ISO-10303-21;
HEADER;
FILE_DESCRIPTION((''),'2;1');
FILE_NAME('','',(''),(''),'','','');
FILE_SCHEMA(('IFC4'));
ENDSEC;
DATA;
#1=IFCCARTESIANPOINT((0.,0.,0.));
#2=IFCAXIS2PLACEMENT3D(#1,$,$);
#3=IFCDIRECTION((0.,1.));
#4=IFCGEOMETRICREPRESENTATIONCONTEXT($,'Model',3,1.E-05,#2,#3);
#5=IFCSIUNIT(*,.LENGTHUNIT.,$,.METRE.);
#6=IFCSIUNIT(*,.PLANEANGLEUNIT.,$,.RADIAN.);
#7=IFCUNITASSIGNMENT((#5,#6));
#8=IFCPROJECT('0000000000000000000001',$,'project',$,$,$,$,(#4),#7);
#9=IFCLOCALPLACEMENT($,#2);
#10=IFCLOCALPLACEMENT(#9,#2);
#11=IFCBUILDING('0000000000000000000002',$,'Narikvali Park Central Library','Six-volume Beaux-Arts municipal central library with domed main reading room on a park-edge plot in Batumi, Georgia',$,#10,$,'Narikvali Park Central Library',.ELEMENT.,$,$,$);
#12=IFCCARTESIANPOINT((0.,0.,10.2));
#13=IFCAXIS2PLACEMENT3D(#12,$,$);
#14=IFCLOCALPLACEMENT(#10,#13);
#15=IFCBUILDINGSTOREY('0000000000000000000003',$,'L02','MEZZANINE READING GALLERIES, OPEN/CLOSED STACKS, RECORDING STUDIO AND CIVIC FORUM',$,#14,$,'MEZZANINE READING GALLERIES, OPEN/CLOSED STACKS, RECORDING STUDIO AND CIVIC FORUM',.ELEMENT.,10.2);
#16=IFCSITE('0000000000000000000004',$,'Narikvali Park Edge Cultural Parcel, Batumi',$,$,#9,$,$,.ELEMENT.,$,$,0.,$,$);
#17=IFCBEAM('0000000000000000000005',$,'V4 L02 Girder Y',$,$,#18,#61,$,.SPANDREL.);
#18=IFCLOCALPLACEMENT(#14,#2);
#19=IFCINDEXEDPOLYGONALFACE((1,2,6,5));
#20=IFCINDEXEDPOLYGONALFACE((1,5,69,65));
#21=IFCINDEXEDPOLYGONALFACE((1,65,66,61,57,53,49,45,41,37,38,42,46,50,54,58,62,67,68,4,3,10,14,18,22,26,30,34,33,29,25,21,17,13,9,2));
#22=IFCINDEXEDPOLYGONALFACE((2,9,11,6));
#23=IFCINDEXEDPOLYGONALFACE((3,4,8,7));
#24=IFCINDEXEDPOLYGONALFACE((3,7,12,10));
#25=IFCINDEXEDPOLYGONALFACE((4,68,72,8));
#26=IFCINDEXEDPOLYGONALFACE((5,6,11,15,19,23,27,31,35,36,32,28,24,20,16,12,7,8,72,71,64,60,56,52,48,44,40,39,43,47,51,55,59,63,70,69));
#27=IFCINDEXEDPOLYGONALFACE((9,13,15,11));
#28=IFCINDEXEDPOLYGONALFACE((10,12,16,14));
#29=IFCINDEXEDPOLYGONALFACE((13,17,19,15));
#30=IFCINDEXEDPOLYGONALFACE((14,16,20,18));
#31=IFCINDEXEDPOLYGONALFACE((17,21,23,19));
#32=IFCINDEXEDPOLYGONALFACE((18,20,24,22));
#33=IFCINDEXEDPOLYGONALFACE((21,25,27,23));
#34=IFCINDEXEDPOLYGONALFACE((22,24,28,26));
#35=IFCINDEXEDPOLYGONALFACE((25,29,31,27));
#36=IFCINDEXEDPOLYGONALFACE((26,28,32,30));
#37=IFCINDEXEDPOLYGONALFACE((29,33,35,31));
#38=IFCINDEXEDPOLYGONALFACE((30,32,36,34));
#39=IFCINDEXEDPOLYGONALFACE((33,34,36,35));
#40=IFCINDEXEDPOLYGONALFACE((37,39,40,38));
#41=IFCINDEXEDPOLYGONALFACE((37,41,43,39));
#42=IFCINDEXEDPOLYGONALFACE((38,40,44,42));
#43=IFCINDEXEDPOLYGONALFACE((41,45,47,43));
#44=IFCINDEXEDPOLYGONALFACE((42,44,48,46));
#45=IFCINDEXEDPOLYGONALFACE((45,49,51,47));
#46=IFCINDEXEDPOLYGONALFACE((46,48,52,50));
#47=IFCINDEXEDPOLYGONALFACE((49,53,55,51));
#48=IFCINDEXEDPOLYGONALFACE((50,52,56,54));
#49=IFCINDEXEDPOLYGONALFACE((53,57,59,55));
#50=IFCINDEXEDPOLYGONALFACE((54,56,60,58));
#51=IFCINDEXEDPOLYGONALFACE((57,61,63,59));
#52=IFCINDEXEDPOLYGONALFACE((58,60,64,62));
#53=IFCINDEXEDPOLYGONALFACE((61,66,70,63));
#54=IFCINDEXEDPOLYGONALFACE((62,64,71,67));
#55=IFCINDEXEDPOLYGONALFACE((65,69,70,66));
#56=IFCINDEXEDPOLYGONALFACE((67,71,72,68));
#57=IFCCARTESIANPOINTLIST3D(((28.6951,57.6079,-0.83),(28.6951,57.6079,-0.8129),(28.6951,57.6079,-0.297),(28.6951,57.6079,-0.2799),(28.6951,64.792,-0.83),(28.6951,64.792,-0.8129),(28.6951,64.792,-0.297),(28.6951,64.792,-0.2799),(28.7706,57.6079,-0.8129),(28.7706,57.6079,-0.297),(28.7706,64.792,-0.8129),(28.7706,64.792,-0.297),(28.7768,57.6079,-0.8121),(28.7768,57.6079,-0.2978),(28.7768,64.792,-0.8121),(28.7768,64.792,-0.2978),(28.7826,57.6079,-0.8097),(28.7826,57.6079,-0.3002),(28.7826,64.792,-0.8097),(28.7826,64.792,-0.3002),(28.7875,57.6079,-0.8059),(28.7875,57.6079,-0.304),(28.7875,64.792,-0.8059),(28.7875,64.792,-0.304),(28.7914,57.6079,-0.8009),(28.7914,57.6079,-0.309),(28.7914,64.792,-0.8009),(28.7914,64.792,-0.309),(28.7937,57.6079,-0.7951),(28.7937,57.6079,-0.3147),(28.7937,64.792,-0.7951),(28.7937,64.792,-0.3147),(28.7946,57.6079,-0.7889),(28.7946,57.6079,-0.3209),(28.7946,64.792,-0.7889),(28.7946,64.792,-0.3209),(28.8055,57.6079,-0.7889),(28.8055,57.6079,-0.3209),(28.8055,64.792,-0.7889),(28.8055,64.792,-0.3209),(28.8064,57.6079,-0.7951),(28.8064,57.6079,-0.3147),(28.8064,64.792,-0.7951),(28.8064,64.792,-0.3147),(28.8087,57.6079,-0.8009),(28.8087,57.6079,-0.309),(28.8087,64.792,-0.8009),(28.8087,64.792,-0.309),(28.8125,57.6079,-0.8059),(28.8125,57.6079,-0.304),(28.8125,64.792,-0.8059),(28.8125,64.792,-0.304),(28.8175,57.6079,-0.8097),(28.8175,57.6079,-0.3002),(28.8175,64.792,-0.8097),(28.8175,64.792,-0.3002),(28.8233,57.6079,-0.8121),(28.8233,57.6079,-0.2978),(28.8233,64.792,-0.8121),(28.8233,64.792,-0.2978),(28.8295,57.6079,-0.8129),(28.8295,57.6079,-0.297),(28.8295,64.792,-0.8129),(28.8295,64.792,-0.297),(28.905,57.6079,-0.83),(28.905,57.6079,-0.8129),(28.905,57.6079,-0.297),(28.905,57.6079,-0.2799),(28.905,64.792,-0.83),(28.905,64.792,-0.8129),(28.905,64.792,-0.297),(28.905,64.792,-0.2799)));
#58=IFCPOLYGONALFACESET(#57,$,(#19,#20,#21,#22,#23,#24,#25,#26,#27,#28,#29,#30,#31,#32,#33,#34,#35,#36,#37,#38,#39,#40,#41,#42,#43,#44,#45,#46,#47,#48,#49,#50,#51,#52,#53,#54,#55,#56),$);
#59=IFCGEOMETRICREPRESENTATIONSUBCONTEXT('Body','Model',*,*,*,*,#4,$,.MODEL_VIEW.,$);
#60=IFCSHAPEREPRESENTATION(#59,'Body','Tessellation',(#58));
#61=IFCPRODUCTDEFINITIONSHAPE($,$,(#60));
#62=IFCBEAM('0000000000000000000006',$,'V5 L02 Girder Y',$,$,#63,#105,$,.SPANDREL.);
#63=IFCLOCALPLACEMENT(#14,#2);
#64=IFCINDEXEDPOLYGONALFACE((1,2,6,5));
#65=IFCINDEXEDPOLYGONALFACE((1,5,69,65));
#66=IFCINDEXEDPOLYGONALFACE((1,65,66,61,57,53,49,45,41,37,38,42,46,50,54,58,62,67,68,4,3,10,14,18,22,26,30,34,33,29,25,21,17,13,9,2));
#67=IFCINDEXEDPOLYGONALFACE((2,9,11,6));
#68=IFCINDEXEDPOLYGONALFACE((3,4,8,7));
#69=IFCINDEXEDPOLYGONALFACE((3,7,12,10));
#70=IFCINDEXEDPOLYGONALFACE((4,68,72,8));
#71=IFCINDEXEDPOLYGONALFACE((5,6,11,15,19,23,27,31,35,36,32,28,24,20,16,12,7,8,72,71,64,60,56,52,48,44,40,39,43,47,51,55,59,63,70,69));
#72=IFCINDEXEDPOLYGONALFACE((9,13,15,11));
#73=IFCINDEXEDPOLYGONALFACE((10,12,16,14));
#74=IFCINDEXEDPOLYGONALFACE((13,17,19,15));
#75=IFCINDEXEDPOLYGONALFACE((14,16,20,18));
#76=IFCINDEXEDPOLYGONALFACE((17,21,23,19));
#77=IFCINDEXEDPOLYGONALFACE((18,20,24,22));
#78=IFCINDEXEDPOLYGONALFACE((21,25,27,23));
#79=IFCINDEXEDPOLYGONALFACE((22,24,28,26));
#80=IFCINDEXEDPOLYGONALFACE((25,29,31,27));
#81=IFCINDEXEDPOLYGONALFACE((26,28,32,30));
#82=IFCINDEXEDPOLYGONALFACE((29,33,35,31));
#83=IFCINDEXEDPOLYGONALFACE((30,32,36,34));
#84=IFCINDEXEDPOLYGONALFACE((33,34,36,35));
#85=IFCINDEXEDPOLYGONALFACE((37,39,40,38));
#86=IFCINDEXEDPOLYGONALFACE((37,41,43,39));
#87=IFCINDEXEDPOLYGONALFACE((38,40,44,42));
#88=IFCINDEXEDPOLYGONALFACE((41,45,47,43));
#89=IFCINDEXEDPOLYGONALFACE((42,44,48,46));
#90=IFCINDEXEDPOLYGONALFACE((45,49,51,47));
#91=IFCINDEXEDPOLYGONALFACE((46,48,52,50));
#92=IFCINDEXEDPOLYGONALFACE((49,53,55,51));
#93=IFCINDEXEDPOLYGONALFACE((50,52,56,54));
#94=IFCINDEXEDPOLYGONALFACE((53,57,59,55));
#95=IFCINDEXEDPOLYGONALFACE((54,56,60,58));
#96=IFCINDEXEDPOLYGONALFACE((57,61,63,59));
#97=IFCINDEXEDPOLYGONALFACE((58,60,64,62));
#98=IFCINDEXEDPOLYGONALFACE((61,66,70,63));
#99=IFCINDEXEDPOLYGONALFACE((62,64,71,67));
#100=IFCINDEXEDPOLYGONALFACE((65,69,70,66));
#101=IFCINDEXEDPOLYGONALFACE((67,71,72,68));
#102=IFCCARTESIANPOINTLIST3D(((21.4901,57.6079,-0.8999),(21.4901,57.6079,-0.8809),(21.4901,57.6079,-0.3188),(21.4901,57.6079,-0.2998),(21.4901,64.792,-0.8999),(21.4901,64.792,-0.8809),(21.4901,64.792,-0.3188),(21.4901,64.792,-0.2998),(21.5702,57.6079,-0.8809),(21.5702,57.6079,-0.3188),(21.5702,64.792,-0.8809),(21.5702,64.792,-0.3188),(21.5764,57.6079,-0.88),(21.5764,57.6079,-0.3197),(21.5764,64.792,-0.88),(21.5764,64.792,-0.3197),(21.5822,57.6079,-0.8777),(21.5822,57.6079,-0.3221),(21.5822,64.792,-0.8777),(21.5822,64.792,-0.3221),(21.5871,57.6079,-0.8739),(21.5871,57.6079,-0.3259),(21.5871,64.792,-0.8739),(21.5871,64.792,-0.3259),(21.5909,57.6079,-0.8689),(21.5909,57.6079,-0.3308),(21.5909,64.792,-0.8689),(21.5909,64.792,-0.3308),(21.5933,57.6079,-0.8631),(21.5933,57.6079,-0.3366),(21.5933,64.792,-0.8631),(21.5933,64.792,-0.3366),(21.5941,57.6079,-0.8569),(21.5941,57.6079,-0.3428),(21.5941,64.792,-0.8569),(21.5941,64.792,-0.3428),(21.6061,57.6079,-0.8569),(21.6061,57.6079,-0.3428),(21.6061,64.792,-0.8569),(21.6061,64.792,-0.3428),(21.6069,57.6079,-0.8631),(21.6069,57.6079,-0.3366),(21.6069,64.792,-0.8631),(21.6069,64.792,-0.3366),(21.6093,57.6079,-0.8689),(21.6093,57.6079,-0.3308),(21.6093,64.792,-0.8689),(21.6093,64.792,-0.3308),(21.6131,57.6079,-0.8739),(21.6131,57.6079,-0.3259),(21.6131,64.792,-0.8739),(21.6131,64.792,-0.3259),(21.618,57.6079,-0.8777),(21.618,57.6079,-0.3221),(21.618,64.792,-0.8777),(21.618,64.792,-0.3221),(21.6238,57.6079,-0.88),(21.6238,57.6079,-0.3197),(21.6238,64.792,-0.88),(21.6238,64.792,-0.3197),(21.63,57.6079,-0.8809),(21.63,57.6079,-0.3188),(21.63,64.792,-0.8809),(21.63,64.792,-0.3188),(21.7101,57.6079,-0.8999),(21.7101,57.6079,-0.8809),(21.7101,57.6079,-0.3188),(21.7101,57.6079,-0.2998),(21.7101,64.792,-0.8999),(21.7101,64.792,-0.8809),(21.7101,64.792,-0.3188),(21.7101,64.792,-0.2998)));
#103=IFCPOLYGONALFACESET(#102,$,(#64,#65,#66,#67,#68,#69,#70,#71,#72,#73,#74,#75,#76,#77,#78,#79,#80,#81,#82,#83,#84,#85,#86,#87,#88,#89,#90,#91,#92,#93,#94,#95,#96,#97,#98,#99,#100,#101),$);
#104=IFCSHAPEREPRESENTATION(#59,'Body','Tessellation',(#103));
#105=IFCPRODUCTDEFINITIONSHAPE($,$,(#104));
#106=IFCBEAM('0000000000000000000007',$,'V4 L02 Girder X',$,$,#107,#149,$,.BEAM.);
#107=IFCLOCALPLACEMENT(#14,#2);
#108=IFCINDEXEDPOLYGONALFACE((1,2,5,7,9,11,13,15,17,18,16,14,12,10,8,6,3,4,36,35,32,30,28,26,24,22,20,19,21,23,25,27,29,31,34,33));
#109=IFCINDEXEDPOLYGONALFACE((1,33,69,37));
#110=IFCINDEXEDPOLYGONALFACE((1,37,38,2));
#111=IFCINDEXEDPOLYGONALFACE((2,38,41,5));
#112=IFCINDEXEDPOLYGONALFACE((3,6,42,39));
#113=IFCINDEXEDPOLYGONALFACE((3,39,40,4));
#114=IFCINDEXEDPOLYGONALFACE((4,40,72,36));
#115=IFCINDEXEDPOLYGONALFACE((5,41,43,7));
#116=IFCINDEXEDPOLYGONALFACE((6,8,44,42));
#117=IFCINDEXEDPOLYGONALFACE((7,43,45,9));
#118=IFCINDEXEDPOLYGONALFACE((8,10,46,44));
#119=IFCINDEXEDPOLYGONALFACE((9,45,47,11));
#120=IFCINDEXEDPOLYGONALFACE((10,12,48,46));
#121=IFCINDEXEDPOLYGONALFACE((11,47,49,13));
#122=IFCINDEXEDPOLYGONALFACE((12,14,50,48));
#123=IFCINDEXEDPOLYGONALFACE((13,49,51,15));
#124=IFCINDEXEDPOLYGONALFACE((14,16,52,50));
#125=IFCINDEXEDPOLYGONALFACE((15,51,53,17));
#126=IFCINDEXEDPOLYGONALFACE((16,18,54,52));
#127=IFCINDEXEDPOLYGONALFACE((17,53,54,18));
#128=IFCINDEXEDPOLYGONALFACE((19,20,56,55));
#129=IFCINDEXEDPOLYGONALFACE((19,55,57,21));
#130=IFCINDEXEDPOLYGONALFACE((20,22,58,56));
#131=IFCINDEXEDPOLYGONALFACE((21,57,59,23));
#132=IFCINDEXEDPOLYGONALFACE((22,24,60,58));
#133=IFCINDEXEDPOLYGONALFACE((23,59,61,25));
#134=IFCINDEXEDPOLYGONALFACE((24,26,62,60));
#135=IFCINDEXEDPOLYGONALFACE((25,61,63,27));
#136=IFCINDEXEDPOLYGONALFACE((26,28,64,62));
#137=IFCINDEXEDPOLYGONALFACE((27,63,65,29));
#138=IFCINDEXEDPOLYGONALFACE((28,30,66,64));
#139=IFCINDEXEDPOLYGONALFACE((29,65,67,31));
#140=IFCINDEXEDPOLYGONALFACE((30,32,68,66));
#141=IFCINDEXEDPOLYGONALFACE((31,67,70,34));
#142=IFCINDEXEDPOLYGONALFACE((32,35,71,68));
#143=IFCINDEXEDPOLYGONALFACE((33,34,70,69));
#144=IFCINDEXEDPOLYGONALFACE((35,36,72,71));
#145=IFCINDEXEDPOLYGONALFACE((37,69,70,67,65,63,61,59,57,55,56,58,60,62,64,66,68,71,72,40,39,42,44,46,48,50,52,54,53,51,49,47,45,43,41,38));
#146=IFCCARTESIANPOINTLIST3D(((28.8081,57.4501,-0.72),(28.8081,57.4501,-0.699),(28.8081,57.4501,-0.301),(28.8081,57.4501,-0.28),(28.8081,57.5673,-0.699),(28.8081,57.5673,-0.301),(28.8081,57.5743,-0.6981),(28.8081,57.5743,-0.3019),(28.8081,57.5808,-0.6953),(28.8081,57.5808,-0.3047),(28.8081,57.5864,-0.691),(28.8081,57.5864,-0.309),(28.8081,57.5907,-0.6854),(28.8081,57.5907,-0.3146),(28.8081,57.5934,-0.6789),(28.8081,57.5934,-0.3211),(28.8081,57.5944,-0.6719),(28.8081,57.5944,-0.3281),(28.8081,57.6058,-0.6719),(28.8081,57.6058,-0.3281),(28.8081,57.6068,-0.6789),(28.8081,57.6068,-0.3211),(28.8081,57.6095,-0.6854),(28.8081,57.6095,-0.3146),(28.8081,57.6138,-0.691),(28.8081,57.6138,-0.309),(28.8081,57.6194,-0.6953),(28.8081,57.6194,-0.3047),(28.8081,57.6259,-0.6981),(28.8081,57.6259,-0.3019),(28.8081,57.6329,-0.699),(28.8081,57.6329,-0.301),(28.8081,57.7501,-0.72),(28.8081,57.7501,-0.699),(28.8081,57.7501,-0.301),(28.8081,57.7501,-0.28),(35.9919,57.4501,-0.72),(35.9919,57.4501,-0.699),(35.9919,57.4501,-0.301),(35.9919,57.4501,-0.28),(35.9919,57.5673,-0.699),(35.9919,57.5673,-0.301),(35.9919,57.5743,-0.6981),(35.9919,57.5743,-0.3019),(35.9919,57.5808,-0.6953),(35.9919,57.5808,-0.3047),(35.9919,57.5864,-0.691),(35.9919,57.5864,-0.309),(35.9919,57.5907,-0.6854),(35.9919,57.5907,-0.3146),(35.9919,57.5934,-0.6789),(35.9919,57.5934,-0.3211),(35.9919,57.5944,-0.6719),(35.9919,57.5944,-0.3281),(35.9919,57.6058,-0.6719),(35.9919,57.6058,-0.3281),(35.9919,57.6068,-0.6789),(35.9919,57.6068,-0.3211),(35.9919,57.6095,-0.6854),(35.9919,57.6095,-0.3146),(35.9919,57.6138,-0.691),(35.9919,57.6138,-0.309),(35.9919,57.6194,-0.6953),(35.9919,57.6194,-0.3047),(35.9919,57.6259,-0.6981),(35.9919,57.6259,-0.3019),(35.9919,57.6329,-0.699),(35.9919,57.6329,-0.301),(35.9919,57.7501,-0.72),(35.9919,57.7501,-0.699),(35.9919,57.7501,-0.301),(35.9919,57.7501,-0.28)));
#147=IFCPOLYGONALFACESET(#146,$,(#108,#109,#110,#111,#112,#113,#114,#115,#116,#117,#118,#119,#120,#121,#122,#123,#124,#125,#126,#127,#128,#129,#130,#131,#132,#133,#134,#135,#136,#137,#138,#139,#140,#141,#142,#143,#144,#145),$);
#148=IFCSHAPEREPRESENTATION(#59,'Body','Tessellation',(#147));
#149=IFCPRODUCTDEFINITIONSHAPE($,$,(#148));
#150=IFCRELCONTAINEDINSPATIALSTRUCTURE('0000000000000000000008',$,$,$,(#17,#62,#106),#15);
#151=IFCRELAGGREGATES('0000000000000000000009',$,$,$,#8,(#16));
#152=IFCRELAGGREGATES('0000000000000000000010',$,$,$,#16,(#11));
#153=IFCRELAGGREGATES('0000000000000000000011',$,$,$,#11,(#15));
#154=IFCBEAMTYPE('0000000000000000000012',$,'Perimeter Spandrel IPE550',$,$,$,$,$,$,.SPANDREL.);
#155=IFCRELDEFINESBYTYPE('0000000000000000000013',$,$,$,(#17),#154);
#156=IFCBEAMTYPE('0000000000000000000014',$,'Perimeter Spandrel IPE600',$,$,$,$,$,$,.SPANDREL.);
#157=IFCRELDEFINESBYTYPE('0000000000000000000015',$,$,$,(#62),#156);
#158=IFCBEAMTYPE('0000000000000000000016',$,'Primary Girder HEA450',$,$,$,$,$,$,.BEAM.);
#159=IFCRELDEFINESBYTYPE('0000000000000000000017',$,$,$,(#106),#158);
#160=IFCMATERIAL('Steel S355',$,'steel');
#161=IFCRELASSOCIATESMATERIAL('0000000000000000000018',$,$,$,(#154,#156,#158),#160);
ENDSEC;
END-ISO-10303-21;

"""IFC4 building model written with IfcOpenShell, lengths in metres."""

from ifc_helpers import new_model, si_unit, direction, frame, origin, origin_2d, place, context, subcontext, project, spatial, i_section, extrude, material, material_profile, profile_set, type_object, element, save


model = new_model("IFC4")

# Units and contexts
model_context = context("Model", 3, precision=1e-05, world=origin(), true_north=direction((0.0, 1.0)))
body_context = subcontext(model_context, "Body", "Model", "MODEL_VIEW")
ifc_project = project(units=[si_unit("LENGTHUNIT", "METRE"), si_unit("PLANEANGLEUNIT", "RADIAN")], contexts=[model_context])

# Site, building, storey
site_placement = place(None, origin())
site = spatial("IfcSite", under=ifc_project, at=site_placement, Name="Narikvali Park Edge Cultural Parcel, Batumi", CompositionType="ELEMENT", RefElevation=0.0)
building_placement = place(site_placement, origin())
building = spatial("IfcBuilding", under=site, at=building_placement, Name="Narikvali Park Central Library", Description="Six-volume Beaux-Arts municipal central library with domed main reading room on a park-edge plot in Batumi, Georgia", LongName="Narikvali Park Central Library", CompositionType="ELEMENT")
storey_placement = place(building_placement, frame((0.0, 0.0, 10.2)))
storey = spatial("IfcBuildingStorey", under=building, at=storey_placement, Name="L02", Description="MEZZANINE READING GALLERIES, OPEN/CLOSED STACKS, RECORDING STUDIO AND CIVIC FORUM", LongName="MEZZANINE READING GALLERIES, OPEN/CLOSED STACKS, RECORDING STUDIO AND CIVIC FORUM", CompositionType="ELEMENT", Elevation=10.2)

# Shared definitions
ifc_material_1 = material(Name="Steel S355", Category="steel")

# Beams
ifc_material_profile_1 = material_profile(ifc_material_1, i_section(OverallWidth=0.21, OverallDepth=0.55, WebThickness=0.011, FlangeThickness=0.0171, FilletRadius=0.0239, at=origin_2d()), Name="IPE 550")
ifc_profile_set_1 = profile_set([ifc_material_profile_1], Name="Steel S355")
beam_type_1 = type_object("IfcBeamType", Name="Perimeter Spandrel IPE550", PredefinedType="SPANDREL", material=ifc_profile_set_1)
beam_1_placement = place(storey_placement, frame((28.8, 57.6079, -0.5549), z_axis=(0.0, 1.0, 0.0), x_axis=(-1.0, 0.0, 0.0)))
element("IfcBeam", 1, at=beam_1_placement, inside=storey, type_object=beam_type_1, Name="V4 L02 Girder Y", PredefinedType="SPANDREL", context=body_context, shape_type="SweptSolid", body=[
    extrude(i_section(OverallWidth=0.21, OverallDepth=0.55, WebThickness=0.011, FlangeThickness=0.0171, FilletRadius=0.0239, at=origin_2d()), origin(), (0.0, 0.0, 1.0), 7.1841),
])
ifc_material_profile_2 = material_profile(ifc_material_1, i_section(OverallWidth=0.22, OverallDepth=0.6001, WebThickness=0.012, FlangeThickness=0.019, FilletRadius=0.0239, at=origin_2d()), Name="IPE 600")
ifc_profile_set_2 = profile_set([ifc_material_profile_2], Name="Steel S355")
beam_type_2 = type_object("IfcBeamType", Name="Perimeter Spandrel IPE600", PredefinedType="SPANDREL", material=ifc_profile_set_2)
beam_2_placement = place(storey_placement, frame((21.6001, 57.6079, -0.5999), z_axis=(0.0, 1.0, 0.0), x_axis=(-1.0, 0.0, 0.0)))
element("IfcBeam", 2, at=beam_2_placement, inside=storey, type_object=beam_type_2, Name="V5 L02 Girder Y", PredefinedType="SPANDREL", context=body_context, shape_type="SweptSolid", body=[
    extrude(i_section(OverallWidth=0.22, OverallDepth=0.6001, WebThickness=0.012, FlangeThickness=0.019, FilletRadius=0.0239, at=origin_2d()), origin(), (0.0, 0.0, 1.0), 7.1841),
])
ifc_material_profile_3 = material_profile(ifc_material_1, i_section(OverallWidth=0.3, OverallDepth=0.4399, WebThickness=0.0115, FlangeThickness=0.021, FilletRadius=0.0271, at=origin_2d()), Name="HEA 450")
ifc_profile_set_3 = profile_set([ifc_material_profile_3], Name="Steel S355")
beam_type_3 = type_object("IfcBeamType", Name="Primary Girder HEA450", PredefinedType="BEAM", material=ifc_profile_set_3)
beam_3_placement = place(storey_placement, frame((28.8081, 57.6001, -0.5), z_axis=(1.0, 0.0, 0.0), x_axis=(0.0, 1.0, 0.0)))
element("IfcBeam", 3, at=beam_3_placement, inside=storey, type_object=beam_type_3, Name="V4 L02 Girder X", PredefinedType="BEAM", context=body_context, shape_type="SweptSolid", body=[
    extrude(i_section(OverallWidth=0.3, OverallDepth=0.4399, WebThickness=0.0115, FlangeThickness=0.021, FilletRadius=0.0271, at=origin_2d()), origin(), (0.0, 0.0, 1.0), 7.1838),
])

save(model, "model.ifc")
